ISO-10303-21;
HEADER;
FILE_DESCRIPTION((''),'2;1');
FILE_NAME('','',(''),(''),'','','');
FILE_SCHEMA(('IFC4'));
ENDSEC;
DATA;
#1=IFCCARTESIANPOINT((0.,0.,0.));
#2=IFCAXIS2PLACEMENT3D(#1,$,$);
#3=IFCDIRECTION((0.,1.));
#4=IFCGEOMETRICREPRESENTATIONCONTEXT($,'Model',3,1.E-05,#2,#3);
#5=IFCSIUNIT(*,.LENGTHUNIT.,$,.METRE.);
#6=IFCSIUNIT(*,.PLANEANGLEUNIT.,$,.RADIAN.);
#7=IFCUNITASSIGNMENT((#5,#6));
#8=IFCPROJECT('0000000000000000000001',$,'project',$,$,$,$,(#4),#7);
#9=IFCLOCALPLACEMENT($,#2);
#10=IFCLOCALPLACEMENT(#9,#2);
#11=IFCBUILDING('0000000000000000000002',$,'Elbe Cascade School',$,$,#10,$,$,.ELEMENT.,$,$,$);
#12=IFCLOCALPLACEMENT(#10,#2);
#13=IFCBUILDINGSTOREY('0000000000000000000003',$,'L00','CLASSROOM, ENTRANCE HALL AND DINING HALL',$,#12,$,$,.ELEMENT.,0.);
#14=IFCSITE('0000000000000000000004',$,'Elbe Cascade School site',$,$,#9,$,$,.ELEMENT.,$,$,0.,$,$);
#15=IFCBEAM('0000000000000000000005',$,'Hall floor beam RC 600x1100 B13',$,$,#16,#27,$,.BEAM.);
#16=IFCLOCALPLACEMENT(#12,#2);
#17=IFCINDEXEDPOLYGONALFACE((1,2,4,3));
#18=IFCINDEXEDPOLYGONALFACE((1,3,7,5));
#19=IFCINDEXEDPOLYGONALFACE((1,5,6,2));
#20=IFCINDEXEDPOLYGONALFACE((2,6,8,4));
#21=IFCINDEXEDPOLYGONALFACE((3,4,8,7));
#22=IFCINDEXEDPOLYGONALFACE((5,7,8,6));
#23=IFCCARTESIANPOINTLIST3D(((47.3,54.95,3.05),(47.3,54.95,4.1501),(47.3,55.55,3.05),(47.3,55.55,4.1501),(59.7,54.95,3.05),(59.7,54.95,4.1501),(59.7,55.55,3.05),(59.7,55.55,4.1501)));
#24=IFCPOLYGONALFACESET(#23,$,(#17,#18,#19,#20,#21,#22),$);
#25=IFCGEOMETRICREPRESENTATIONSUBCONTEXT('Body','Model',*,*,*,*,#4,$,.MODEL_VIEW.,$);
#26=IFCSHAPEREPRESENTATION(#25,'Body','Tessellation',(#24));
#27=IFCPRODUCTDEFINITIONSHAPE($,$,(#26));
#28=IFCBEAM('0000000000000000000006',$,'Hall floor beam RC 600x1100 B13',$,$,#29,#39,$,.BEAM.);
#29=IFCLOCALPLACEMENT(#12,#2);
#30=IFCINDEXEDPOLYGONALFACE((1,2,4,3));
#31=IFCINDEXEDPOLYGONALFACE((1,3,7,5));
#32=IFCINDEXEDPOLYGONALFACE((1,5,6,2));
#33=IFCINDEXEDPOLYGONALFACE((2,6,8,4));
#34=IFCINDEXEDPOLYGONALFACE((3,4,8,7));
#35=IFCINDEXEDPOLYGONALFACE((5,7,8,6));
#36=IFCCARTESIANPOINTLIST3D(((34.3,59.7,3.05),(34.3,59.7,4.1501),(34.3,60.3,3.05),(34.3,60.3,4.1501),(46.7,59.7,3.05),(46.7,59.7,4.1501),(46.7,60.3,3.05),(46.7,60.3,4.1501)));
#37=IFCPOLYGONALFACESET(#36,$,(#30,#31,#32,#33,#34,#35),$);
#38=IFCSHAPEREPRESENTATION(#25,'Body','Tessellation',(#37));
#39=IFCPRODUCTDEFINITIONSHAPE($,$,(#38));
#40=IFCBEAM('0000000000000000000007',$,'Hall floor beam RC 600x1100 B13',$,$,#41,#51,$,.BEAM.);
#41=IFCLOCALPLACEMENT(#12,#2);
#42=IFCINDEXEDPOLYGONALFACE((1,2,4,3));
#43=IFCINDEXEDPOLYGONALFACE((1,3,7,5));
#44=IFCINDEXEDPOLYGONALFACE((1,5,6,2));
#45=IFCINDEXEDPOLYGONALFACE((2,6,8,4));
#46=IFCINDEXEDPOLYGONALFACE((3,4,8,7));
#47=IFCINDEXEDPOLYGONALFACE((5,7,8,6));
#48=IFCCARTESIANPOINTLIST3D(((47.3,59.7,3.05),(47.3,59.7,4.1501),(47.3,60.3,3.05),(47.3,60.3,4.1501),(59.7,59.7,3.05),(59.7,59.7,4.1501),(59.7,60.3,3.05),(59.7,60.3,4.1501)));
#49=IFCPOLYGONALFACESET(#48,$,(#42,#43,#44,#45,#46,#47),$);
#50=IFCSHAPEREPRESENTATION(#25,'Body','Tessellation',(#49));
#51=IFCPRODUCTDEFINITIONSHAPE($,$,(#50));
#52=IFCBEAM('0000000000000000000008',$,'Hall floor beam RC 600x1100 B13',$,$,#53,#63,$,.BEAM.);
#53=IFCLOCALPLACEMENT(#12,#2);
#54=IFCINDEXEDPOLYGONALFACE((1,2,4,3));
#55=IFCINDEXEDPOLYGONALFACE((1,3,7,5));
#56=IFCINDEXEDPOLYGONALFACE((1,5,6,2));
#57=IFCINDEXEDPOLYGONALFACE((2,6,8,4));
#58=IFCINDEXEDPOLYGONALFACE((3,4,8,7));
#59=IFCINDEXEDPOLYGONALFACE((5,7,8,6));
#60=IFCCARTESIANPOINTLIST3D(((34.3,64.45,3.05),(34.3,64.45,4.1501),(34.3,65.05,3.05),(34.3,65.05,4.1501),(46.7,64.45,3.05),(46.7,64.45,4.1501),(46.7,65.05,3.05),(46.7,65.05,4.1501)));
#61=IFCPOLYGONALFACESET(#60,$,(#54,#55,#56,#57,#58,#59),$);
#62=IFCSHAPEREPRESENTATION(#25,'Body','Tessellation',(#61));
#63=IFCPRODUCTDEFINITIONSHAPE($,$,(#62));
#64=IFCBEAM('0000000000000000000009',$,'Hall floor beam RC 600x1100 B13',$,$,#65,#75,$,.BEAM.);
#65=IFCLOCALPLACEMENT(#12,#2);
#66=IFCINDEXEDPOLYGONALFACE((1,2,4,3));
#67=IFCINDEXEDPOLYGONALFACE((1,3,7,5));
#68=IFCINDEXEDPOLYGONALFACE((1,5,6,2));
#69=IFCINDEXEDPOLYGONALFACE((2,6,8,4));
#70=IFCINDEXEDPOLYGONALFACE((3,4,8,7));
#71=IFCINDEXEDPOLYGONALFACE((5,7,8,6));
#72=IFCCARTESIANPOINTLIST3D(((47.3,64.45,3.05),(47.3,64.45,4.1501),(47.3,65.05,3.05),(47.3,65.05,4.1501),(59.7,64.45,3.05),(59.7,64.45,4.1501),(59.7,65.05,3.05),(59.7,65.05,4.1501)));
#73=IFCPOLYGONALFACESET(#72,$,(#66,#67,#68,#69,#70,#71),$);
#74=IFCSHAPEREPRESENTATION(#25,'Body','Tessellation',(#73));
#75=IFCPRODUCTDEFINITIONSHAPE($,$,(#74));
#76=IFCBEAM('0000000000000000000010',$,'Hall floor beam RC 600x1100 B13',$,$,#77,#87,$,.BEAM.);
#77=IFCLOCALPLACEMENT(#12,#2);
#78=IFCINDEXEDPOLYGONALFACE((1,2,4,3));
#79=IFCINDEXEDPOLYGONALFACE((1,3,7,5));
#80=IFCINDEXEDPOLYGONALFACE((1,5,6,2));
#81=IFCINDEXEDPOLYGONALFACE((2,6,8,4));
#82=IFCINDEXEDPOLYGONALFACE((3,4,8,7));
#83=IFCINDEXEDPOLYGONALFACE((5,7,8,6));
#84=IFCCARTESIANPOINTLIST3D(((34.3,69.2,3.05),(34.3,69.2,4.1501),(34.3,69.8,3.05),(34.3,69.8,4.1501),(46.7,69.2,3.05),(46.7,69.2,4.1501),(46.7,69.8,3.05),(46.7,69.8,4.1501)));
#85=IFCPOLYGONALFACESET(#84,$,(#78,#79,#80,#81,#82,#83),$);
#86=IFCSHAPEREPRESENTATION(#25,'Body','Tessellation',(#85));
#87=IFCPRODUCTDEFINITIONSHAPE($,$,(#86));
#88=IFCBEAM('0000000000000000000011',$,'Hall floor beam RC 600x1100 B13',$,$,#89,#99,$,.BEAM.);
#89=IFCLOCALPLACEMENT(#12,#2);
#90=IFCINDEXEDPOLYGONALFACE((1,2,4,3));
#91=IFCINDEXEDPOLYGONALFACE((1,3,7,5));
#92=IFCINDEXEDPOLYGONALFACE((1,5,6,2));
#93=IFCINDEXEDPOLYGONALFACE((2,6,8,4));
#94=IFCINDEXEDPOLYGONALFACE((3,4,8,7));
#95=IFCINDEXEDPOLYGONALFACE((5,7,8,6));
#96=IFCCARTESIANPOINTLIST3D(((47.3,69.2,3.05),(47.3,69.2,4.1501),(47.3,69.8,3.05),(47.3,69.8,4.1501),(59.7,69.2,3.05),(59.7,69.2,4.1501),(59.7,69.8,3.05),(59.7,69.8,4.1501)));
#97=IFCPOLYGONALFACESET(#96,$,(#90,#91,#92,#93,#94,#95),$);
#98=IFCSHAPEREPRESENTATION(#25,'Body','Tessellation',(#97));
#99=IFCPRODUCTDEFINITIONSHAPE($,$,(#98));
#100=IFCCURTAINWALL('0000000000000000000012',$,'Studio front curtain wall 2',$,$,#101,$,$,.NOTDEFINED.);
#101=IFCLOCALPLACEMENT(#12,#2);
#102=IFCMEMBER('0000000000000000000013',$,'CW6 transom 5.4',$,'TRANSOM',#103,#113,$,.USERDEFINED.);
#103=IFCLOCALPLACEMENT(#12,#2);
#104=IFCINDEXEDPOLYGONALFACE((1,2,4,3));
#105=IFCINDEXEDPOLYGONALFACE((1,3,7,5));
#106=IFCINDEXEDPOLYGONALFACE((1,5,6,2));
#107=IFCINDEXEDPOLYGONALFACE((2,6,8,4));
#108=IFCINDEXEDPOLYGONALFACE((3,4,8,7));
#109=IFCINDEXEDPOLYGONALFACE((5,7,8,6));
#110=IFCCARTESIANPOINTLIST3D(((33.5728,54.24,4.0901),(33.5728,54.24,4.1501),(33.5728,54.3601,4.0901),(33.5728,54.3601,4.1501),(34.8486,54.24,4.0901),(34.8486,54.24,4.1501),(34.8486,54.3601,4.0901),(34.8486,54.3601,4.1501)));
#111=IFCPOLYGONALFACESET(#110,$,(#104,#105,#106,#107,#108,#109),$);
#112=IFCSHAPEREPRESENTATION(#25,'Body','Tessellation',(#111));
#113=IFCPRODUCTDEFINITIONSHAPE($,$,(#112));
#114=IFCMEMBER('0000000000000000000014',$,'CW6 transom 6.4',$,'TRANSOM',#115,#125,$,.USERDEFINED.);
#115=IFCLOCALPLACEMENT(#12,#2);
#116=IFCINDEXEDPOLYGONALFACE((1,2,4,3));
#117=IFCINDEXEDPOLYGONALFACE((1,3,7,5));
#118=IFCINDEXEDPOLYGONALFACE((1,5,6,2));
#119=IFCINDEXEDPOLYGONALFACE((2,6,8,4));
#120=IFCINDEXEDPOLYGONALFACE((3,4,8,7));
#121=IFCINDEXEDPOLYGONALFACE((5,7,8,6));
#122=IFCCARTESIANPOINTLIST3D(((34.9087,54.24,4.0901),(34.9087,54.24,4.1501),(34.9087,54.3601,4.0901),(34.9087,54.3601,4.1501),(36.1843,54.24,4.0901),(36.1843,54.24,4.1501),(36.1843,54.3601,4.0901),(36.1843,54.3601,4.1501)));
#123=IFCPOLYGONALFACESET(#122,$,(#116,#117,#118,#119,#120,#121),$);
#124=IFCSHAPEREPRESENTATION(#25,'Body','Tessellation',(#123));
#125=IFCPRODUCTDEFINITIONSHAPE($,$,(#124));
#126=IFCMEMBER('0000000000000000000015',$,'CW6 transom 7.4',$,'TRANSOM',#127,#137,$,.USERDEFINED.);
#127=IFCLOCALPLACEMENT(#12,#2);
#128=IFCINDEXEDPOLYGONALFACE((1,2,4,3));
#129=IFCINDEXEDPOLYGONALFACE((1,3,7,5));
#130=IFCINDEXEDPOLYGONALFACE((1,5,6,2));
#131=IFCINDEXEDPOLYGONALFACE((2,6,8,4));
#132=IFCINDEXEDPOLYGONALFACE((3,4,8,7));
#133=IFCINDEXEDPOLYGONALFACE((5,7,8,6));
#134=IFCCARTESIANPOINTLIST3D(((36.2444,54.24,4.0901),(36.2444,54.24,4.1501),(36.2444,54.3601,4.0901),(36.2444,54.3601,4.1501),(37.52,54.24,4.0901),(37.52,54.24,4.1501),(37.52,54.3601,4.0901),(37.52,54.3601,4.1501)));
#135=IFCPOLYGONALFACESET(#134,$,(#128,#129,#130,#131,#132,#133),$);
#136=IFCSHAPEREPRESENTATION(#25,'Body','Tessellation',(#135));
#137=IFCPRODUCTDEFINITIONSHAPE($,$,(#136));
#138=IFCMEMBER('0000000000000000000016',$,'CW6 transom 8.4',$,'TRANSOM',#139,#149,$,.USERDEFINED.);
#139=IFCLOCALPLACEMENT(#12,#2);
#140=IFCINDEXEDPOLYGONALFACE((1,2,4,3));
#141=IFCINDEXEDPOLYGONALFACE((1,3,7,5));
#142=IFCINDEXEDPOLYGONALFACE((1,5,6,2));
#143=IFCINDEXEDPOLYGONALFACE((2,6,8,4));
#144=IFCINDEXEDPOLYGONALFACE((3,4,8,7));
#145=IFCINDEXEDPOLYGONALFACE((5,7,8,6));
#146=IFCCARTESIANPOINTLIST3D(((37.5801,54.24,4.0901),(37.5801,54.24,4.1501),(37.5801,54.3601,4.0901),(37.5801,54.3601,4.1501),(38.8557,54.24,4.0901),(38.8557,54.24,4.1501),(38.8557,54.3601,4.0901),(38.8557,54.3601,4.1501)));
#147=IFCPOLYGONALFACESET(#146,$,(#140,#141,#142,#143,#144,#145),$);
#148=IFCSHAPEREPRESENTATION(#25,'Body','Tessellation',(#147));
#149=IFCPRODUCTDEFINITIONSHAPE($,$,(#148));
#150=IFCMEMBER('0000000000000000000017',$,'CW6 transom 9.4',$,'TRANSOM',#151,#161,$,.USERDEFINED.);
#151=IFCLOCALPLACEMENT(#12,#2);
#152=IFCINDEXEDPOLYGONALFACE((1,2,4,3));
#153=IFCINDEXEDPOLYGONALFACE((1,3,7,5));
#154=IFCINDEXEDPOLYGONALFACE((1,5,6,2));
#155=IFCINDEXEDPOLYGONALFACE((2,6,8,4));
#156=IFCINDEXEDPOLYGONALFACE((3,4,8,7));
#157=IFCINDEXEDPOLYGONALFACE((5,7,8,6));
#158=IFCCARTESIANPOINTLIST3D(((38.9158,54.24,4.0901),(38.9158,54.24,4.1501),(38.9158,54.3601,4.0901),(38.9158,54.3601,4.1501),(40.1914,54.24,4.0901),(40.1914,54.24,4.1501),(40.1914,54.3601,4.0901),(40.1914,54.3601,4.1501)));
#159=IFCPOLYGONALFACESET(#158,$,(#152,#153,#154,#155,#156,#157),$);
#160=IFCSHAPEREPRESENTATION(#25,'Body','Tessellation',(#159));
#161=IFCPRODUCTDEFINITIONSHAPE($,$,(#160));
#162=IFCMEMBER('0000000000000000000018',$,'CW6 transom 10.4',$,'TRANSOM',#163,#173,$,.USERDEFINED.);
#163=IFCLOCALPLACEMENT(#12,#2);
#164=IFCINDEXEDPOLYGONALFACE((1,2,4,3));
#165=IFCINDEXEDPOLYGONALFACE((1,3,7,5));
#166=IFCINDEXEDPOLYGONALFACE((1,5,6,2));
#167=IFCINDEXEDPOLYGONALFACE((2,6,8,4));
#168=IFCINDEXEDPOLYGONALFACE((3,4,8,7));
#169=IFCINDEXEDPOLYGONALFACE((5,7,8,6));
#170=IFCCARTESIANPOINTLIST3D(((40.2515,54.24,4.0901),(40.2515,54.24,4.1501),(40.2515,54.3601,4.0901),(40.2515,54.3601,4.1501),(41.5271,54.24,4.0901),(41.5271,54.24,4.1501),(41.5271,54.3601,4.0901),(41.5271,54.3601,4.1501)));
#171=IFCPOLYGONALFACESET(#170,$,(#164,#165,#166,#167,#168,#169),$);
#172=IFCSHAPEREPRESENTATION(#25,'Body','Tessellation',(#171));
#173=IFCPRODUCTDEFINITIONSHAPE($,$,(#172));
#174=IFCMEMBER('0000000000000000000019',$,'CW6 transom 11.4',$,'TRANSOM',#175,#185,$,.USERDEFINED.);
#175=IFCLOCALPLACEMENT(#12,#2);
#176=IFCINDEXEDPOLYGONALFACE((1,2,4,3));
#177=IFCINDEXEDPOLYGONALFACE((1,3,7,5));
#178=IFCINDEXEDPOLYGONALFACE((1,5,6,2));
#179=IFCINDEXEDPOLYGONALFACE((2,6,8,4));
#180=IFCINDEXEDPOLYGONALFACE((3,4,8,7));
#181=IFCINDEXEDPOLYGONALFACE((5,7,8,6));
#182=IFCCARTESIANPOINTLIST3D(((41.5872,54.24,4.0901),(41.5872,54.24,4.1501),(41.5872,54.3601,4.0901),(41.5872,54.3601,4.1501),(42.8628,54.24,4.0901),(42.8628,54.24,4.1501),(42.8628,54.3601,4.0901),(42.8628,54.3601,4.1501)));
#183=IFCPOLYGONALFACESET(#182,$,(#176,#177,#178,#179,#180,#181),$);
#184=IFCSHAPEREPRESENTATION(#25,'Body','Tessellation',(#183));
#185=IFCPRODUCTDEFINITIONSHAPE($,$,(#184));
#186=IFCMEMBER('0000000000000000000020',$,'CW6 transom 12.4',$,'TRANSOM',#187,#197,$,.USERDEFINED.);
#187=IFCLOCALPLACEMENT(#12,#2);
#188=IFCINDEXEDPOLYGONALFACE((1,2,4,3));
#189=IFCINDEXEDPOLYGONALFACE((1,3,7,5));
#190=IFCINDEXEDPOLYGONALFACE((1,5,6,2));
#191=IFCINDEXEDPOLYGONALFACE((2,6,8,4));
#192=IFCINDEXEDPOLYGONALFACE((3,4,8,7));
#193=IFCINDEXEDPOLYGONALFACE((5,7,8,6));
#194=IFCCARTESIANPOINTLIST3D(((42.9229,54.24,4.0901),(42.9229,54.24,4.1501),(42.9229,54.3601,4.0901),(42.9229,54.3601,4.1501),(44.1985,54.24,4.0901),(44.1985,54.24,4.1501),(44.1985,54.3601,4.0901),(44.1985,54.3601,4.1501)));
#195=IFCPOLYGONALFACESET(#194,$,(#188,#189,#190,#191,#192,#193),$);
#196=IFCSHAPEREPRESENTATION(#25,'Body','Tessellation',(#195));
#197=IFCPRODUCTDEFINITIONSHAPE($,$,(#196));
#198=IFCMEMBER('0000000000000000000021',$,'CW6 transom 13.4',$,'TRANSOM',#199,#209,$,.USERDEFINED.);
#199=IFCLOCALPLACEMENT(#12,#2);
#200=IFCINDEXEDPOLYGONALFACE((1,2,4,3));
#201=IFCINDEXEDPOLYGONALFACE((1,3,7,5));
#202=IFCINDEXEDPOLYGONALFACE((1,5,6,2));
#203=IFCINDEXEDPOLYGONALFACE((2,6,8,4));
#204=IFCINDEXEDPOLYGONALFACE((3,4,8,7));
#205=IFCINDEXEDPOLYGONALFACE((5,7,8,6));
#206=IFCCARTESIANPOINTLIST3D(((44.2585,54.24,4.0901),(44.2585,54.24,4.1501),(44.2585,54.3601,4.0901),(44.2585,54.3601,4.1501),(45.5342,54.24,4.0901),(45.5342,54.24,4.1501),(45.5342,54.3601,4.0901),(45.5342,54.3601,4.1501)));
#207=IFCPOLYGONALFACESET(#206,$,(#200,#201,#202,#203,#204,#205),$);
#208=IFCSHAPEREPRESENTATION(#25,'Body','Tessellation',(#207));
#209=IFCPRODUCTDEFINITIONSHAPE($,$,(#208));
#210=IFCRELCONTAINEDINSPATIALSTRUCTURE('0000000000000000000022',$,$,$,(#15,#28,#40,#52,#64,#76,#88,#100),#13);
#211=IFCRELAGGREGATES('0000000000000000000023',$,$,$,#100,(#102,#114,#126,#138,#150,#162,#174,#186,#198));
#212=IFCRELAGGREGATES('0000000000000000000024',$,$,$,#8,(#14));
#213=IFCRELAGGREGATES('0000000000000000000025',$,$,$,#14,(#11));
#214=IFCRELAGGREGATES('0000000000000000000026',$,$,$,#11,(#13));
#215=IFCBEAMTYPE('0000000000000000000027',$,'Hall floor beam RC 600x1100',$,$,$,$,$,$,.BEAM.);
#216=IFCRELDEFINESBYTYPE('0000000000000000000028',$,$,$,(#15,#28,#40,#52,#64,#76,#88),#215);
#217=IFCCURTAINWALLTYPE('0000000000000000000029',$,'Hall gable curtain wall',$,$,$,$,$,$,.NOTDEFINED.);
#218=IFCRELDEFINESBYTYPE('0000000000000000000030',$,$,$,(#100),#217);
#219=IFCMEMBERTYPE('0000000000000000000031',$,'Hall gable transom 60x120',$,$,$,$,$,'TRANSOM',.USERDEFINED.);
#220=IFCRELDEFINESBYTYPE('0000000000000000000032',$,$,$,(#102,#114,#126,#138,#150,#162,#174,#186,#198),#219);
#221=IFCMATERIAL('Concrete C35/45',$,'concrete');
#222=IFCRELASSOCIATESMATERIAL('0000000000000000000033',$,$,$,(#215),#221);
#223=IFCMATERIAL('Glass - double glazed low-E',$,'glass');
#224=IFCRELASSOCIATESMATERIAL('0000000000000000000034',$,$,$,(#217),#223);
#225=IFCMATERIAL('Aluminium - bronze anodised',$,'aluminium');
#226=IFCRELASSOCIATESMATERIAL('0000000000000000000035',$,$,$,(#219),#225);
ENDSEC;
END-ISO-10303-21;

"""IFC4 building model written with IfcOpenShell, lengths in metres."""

from ifc_helpers import new_model, si_unit, direction, frame, origin, origin_2d, place, context, subcontext, project, spatial, rectangle, extrude, material, material_profile, profile_set, type_object, element, aggregate, save


model = new_model("IFC4")

# Units and contexts
model_context = context("Model", 3, precision=1e-05, world=origin(), true_north=direction((0.0, 1.0)))
body_context = subcontext(model_context, "Body", "Model", "MODEL_VIEW")
ifc_project = project(units=[si_unit("LENGTHUNIT", "METRE"), si_unit("PLANEANGLEUNIT", "RADIAN")], contexts=[model_context])

# Site, building, storey
site_placement = place(None, origin())
site = spatial("IfcSite", under=ifc_project, at=site_placement, Name="Elbe Cascade School site", CompositionType="ELEMENT", RefElevation=0.0)
building_placement = place(site_placement, origin())
building = spatial("IfcBuilding", under=site, at=building_placement, Name="Elbe Cascade School", CompositionType="ELEMENT")
storey_placement = place(building_placement, origin())
storey = spatial("IfcBuildingStorey", under=building, at=storey_placement, Name="L00", Description="CLASSROOM, ENTRANCE HALL AND DINING HALL", CompositionType="ELEMENT", Elevation=0.0)

# Beams
ifc_material_1 = material(Name="Concrete C35/45", Category="concrete")
ifc_material_profile_1 = material_profile(ifc_material_1, rectangle(XDim=0.6001, YDim=1.1001, at=origin_2d()), Name="RC 600x1100")
ifc_profile_set_1 = profile_set([ifc_material_profile_1], Name="Concrete C35/45")
beam_type = type_object("IfcBeamType", Name="Hall floor beam RC 600x1100", PredefinedType="BEAM", material=ifc_profile_set_1)
for number, where, z_axis, x_axis, name in (
    (1, (47.3, 55.25, 3.6001), (1.0, 0.0, 0.0), (0.0, 1.0, 0.0), "Hall floor beam RC 600x1100 B13"),
    (2, (34.3, 60.0, 3.6001), (1.0, 0.0, 0.0), (0.0, 1.0, 0.0), "Hall floor beam RC 600x1100 B13"),
    (3, (47.3, 60.0, 3.6001), (1.0, 0.0, 0.0), (0.0, 1.0, 0.0), "Hall floor beam RC 600x1100 B13"),
    (4, (34.3, 64.75, 3.6001), (1.0, 0.0, 0.0), (0.0, 1.0, 0.0), "Hall floor beam RC 600x1100 B13"),
    (5, (47.3, 64.75, 3.6001), (1.0, 0.0, 0.0), (0.0, 1.0, 0.0), "Hall floor beam RC 600x1100 B13"),
    (6, (34.3, 69.5, 3.6001), (1.0, 0.0, 0.0), (0.0, 1.0, 0.0), "Hall floor beam RC 600x1100 B13"),
    (7, (47.3, 69.5, 3.6001), (1.0, 0.0, 0.0), (0.0, 1.0, 0.0), "Hall floor beam RC 600x1100 B13"),
):
    element("IfcBeam", number, at=place(storey_placement, frame(where, z_axis=z_axis, x_axis=x_axis)), inside=storey, type_object=beam_type, Name=name, PredefinedType="BEAM", context=body_context, shape_type="SweptSolid", body=[
        extrude(rectangle(XDim=0.6001, YDim=1.1001, at=origin_2d()), origin(), (0.0, 0.0, 1.0), 12.3999),
    ])

# Curtain wall, members
ifc_material_2 = material(Name="Glass - double glazed low-E", Category="glass")
curtain_wall_type = type_object("IfcCurtainWallType", Name="Hall gable curtain wall", PredefinedType="NOTDEFINED", material=ifc_material_2)
curtain_wall_placement = place(storey_placement, origin())
curtain_wall = element("IfcCurtainWall", 8, at=curtain_wall_placement, inside=storey, type_object=curtain_wall_type, Name="Studio front curtain wall 2", PredefinedType="NOTDEFINED")
ifc_material_3 = material(Name="Aluminium - bronze anodised", Category="aluminium")
ifc_material_profile_2 = material_profile(ifc_material_3, rectangle(XDim=0.1201, YDim=0.0601, at=origin_2d()), Name="Alu 60x120")
ifc_profile_set_2 = profile_set([ifc_material_profile_2], Name="Aluminium - bronze anodised")
member_type = type_object("IfcMemberType", Name="Hall gable transom 60x120", ElementType="TRANSOM", PredefinedType="USERDEFINED", material=ifc_profile_set_2)
member_1_placement = place(storey_placement, frame((33.5728, 54.3, 4.1201), z_axis=(1.0, 0.0, 0.0), x_axis=(0.0, 1.0, 0.0)))
member_1 = element("IfcMember", 9, at=member_1_placement, type_object=member_type, Name="CW6 transom 5.4", ObjectType="TRANSOM", PredefinedType="USERDEFINED", context=body_context, shape_type="SweptSolid", body=[
    extrude(rectangle(XDim=0.1201, YDim=0.0601, at=origin_2d()), origin(), (0.0, 0.0, 1.0), 1.2759),
])
member_2_placement = place(storey_placement, frame((34.9087, 54.3, 4.1201), z_axis=(1.0, 0.0, 0.0), x_axis=(0.0, 1.0, 0.0)))
member_2 = element("IfcMember", 10, at=member_2_placement, type_object=member_type, Name="CW6 transom 6.4", ObjectType="TRANSOM", PredefinedType="USERDEFINED", context=body_context, shape_type="SweptSolid", body=[
    extrude(rectangle(XDim=0.1201, YDim=0.0601, at=origin_2d()), origin(), (0.0, 0.0, 1.0), 1.2756),
])
member_3_placement = place(storey_placement, frame((36.2444, 54.3, 4.1201), z_axis=(1.0, 0.0, 0.0), x_axis=(0.0, 1.0, 0.0)))
member_3 = element("IfcMember", 11, at=member_3_placement, type_object=member_type, Name="CW6 transom 7.4", ObjectType="TRANSOM", PredefinedType="USERDEFINED", context=body_context, shape_type="SweptSolid", body=[
    extrude(rectangle(XDim=0.1201, YDim=0.0601, at=origin_2d()), origin(), (0.0, 0.0, 1.0), 1.2756),
])
member_4_placement = place(storey_placement, frame((37.5801, 54.3, 4.1201), z_axis=(1.0, 0.0, 0.0), x_axis=(0.0, 1.0, 0.0)))
member_4 = element("IfcMember", 12, at=member_4_placement, type_object=member_type, Name="CW6 transom 8.4", ObjectType="TRANSOM", PredefinedType="USERDEFINED", context=body_context, shape_type="SweptSolid", body=[
    extrude(rectangle(XDim=0.1201, YDim=0.0601, at=origin_2d()), origin(), (0.0, 0.0, 1.0), 1.2756),
])
member_5_placement = place(storey_placement, frame((38.9158, 54.3, 4.1201), z_axis=(1.0, 0.0, 0.0), x_axis=(0.0, 1.0, 0.0)))
member_5 = element("IfcMember", 13, at=member_5_placement, type_object=member_type, Name="CW6 transom 9.4", ObjectType="TRANSOM", PredefinedType="USERDEFINED", context=body_context, shape_type="SweptSolid", body=[
    extrude(rectangle(XDim=0.1201, YDim=0.0601, at=origin_2d()), origin(), (0.0, 0.0, 1.0), 1.2756),
])
member_6_placement = place(storey_placement, frame((40.2515, 54.3, 4.1201), z_axis=(1.0, 0.0, 0.0), x_axis=(0.0, 1.0, 0.0)))
member_6 = element("IfcMember", 14, at=member_6_placement, type_object=member_type, Name="CW6 transom 10.4", ObjectType="TRANSOM", PredefinedType="USERDEFINED", context=body_context, shape_type="SweptSolid", body=[
    extrude(rectangle(XDim=0.1201, YDim=0.0601, at=origin_2d()), origin(), (0.0, 0.0, 1.0), 1.2756),
])
member_7_placement = place(storey_placement, frame((41.5872, 54.3, 4.1201), z_axis=(1.0, 0.0, 0.0), x_axis=(0.0, 1.0, 0.0)))
member_7 = element("IfcMember", 15, at=member_7_placement, type_object=member_type, Name="CW6 transom 11.4", ObjectType="TRANSOM", PredefinedType="USERDEFINED", context=body_context, shape_type="SweptSolid", body=[
    extrude(rectangle(XDim=0.1201, YDim=0.0601, at=origin_2d()), origin(), (0.0, 0.0, 1.0), 1.2756),
])
member_8_placement = place(storey_placement, frame((42.9229, 54.3, 4.1201), z_axis=(1.0, 0.0, 0.0), x_axis=(0.0, 1.0, 0.0)))
member_8 = element("IfcMember", 16, at=member_8_placement, type_object=member_type, Name="CW6 transom 12.4", ObjectType="TRANSOM", PredefinedType="USERDEFINED", context=body_context, shape_type="SweptSolid", body=[
    extrude(rectangle(XDim=0.1201, YDim=0.0601, at=origin_2d()), origin(), (0.0, 0.0, 1.0), 1.2756),
])
member_9_placement = place(storey_placement, frame((44.2585, 54.3, 4.1201), z_axis=(1.0, 0.0, 0.0), x_axis=(0.0, 1.0, 0.0)))
member_9 = element("IfcMember", 17, at=member_9_placement, type_object=member_type, Name="CW6 transom 13.4", ObjectType="TRANSOM", PredefinedType="USERDEFINED", context=body_context, shape_type="SweptSolid", body=[
    extrude(rectangle(XDim=0.1201, YDim=0.0601, at=origin_2d()), origin(), (0.0, 0.0, 1.0), 1.2756),
])
aggregate(curtain_wall, [member_1, member_2, member_3, member_4, member_5, member_6, member_7, member_8, member_9])

save(model, "model.ifc")
